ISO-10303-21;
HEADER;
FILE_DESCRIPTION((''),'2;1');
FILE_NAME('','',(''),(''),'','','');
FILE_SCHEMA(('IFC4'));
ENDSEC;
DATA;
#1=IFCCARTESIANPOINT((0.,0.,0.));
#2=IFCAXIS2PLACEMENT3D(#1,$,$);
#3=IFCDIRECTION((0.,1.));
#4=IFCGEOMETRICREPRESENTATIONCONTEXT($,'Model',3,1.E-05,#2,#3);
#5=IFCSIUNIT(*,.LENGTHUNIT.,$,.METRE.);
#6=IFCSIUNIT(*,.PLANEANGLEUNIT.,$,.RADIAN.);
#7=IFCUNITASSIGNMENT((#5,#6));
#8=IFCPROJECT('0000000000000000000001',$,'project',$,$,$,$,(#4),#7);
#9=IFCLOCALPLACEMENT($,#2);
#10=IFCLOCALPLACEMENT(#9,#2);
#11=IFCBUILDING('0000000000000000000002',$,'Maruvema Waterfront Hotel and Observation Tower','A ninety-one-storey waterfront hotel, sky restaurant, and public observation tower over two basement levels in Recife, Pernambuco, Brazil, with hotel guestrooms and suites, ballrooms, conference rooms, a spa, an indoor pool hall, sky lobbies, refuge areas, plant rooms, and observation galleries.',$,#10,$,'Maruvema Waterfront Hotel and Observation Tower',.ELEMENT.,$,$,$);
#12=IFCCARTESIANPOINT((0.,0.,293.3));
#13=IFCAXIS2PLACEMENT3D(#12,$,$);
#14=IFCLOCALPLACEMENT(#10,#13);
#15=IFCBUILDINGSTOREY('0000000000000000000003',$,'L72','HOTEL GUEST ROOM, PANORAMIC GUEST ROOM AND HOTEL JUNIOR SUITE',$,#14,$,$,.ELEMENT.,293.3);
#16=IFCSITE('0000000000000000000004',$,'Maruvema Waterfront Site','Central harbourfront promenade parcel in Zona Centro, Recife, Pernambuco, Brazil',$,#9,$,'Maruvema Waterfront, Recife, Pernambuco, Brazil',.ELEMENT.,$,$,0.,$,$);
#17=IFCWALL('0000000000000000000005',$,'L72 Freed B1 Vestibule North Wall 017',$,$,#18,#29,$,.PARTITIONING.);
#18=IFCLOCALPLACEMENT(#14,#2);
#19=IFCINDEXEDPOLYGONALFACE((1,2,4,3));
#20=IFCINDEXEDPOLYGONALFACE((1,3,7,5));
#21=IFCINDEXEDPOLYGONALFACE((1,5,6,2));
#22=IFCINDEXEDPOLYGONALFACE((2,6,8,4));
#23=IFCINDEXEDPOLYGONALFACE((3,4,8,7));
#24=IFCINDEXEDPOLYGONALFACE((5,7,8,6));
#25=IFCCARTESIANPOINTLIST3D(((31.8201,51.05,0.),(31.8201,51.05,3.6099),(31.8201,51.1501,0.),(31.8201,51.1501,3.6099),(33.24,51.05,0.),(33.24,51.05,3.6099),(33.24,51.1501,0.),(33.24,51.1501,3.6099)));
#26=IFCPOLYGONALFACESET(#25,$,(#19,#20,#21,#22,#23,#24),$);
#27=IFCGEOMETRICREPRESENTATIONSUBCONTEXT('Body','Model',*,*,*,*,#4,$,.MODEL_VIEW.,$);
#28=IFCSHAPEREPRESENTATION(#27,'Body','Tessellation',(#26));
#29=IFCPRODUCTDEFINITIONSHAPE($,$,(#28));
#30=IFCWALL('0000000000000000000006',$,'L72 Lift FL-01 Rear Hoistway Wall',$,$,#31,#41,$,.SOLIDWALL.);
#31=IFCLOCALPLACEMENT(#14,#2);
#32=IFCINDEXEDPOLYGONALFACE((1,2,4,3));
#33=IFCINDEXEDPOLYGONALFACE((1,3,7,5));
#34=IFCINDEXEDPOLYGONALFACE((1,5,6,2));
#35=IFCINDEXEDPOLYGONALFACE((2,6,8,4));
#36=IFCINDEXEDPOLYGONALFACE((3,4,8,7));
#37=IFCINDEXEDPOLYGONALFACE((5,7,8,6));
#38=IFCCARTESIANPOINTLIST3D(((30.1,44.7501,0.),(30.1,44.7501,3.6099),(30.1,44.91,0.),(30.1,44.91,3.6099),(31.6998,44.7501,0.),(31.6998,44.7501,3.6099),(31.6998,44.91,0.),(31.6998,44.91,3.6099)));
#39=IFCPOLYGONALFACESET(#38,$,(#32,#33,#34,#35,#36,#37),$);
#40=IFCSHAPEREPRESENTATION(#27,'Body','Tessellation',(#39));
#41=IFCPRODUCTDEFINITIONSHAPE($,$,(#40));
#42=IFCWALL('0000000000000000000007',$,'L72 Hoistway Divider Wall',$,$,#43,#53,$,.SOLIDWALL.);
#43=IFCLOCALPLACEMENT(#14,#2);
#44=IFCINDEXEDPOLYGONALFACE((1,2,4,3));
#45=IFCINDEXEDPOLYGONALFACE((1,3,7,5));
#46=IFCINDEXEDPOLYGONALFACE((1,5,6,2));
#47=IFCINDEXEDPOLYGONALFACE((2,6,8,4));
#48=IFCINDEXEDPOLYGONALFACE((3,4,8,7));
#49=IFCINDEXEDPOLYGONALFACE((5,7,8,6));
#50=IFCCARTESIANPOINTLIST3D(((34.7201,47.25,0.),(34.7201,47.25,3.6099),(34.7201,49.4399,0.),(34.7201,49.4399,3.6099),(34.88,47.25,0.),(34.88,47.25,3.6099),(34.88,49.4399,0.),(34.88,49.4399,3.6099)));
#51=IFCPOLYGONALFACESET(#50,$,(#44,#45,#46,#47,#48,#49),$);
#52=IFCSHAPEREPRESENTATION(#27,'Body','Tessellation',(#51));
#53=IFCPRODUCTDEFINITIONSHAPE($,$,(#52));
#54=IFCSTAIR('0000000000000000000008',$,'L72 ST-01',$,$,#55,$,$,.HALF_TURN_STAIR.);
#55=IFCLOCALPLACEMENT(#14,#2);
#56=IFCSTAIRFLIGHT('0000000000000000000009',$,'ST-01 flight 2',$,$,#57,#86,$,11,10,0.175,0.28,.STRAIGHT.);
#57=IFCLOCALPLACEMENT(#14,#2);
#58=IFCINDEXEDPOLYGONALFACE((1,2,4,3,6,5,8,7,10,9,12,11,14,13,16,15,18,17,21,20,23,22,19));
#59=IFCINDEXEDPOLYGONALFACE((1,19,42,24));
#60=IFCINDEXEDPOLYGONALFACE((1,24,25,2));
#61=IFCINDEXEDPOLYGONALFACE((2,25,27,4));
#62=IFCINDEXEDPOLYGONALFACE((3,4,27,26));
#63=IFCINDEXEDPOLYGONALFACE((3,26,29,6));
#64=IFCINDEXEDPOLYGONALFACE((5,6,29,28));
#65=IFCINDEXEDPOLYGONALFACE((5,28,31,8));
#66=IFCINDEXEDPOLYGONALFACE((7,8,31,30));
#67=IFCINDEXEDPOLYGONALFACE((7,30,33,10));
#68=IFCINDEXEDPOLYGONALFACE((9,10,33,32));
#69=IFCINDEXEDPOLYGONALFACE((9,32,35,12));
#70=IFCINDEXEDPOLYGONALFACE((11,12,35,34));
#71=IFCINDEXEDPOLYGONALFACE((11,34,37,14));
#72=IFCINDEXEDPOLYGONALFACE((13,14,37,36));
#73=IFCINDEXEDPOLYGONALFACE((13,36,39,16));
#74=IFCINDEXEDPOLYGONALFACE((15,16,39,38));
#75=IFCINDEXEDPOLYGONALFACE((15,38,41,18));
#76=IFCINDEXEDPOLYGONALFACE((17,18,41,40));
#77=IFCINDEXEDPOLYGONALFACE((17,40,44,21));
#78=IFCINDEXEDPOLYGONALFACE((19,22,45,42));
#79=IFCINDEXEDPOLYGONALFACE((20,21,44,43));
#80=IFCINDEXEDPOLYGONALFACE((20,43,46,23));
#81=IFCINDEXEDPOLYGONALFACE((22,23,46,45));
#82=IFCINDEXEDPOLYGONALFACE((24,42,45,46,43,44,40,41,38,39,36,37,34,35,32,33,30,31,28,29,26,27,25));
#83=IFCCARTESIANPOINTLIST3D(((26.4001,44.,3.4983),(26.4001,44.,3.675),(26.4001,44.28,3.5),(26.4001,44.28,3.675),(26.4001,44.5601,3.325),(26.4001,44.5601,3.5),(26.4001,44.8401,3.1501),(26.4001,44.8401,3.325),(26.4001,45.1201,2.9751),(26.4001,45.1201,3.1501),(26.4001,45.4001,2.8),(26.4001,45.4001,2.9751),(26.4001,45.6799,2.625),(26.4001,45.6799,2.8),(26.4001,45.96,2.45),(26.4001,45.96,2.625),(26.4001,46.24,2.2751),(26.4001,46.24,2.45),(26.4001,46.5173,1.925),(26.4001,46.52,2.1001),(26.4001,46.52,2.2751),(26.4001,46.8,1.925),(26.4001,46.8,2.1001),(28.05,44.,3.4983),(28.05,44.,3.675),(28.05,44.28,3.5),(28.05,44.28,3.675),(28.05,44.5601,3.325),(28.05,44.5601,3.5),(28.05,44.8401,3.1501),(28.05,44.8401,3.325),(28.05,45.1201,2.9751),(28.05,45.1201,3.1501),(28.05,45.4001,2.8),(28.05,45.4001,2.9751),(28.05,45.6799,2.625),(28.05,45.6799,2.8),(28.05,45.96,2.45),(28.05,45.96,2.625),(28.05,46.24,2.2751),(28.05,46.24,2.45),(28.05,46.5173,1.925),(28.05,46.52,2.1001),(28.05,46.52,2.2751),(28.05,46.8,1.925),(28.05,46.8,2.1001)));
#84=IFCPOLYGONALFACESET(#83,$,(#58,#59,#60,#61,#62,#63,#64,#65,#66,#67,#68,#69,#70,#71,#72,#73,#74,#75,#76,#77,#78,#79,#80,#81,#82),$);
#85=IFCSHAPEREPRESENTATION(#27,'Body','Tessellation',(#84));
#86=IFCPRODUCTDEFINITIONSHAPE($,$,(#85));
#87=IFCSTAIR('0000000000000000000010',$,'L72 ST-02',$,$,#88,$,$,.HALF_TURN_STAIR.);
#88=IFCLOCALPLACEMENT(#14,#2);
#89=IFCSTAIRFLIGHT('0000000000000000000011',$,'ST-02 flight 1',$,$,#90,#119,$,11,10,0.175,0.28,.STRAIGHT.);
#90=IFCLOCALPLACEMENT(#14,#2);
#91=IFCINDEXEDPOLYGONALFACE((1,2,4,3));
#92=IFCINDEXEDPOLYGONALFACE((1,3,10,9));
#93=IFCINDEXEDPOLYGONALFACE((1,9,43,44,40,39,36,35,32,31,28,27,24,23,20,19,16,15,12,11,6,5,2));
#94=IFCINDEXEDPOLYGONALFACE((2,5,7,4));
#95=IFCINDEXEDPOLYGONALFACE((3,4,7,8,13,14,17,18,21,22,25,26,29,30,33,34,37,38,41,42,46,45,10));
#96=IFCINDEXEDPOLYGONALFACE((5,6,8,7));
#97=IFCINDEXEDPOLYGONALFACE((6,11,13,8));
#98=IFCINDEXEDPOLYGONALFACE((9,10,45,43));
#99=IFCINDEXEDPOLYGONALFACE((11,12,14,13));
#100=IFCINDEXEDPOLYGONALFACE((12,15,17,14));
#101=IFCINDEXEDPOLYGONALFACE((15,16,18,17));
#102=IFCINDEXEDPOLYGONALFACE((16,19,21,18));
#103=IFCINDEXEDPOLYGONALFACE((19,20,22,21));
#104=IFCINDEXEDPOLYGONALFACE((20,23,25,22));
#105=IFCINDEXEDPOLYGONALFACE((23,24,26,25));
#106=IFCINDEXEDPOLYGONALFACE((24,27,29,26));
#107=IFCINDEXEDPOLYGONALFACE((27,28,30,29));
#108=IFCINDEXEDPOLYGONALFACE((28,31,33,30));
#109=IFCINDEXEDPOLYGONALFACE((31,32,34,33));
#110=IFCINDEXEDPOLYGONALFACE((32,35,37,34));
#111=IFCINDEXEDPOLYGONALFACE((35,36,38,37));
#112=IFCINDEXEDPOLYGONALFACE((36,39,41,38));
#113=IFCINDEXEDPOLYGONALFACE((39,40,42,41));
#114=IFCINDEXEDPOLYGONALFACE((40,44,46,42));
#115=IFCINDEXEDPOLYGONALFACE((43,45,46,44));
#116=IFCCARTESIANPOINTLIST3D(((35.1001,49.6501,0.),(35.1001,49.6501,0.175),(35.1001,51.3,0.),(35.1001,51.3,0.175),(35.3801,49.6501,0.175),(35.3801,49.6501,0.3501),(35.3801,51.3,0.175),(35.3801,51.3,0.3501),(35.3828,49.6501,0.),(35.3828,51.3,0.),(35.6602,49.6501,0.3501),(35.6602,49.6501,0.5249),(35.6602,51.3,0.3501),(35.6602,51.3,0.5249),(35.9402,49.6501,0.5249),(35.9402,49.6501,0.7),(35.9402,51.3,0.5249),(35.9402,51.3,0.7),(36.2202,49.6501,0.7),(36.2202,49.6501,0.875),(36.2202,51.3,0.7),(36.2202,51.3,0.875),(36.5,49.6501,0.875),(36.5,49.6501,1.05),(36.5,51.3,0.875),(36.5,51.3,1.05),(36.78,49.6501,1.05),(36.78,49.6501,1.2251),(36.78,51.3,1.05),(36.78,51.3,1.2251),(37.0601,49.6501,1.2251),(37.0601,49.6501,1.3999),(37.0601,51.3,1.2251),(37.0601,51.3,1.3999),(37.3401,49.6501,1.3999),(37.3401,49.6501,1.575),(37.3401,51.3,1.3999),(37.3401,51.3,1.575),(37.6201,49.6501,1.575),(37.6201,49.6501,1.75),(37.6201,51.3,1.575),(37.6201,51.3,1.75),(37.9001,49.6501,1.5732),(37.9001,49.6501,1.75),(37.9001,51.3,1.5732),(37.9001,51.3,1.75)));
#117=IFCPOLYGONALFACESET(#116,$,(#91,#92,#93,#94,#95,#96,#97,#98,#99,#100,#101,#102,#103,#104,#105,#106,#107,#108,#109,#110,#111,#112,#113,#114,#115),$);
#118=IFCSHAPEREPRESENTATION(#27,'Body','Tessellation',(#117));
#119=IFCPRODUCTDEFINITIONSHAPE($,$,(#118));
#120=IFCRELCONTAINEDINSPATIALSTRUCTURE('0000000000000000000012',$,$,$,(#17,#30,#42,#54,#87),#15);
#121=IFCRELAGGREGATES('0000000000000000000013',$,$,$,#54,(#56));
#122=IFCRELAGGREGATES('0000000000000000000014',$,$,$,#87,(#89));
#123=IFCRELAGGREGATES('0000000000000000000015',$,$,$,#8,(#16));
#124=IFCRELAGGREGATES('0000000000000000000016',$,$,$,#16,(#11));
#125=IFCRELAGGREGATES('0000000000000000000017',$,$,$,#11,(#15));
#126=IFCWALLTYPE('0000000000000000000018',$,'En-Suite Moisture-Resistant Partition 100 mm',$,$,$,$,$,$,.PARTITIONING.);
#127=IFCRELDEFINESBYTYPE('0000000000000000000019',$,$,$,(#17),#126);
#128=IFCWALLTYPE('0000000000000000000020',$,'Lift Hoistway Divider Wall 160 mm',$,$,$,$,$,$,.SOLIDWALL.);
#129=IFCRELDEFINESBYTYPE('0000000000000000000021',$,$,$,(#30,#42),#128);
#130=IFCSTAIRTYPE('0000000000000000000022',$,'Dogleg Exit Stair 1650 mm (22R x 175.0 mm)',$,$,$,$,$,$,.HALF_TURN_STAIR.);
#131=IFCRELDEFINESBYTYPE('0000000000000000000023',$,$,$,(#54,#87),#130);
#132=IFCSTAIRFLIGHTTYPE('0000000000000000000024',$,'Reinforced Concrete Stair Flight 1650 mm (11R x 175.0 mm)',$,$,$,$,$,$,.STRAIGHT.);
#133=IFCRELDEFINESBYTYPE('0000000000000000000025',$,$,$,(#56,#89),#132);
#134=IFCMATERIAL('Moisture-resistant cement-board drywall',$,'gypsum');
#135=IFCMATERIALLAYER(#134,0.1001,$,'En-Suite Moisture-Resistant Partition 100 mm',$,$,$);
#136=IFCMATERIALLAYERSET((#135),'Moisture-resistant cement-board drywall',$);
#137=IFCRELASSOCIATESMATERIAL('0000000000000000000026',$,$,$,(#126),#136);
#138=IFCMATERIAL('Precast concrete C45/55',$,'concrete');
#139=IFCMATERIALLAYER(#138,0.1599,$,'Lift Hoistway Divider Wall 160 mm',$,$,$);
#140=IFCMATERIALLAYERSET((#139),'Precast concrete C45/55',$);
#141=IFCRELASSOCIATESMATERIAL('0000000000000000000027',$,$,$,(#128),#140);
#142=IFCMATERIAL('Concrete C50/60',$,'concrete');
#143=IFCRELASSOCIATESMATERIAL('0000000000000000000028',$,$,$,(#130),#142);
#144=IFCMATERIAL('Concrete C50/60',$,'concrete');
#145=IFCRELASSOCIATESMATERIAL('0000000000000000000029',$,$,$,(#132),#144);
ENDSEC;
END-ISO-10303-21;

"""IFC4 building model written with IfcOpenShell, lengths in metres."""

from ifc_helpers import new_model, si_unit, direction, frame, frame_2d, origin, place, context, subcontext, project, spatial, polyline, rectangle, outline, extrude, material, layer, layer_set, type_object, element, aggregate, save


model = new_model("IFC4")

# Units and contexts
model_context = context("Model", 3, precision=1e-05, world=origin(), true_north=direction((0.0, 1.0)))
body_context = subcontext(model_context, "Body", "Model", "MODEL_VIEW")
ifc_project = project(units=[si_unit("LENGTHUNIT", "METRE"), si_unit("PLANEANGLEUNIT", "RADIAN")], contexts=[model_context])

# Site, building, storey
site_placement = place(None, origin())
site = spatial("IfcSite", under=ifc_project, at=site_placement, Name="Maruvema Waterfront Site", Description="Central harbourfront promenade parcel in Zona Centro, Recife, Pernambuco, Brazil", LongName="Maruvema Waterfront, Recife, Pernambuco, Brazil", CompositionType="ELEMENT", RefElevation=0.0)
building_placement = place(site_placement, origin())
building = spatial("IfcBuilding", under=site, at=building_placement, Name="Maruvema Waterfront Hotel and Observation Tower", Description="A ninety-one-storey waterfront hotel, sky restaurant, and public observation tower over two basement levels in Recife, Pernambuco, Brazil, with hotel guestrooms and suites, ballrooms, conference rooms, a spa, an indoor pool hall, sky lobbies, refuge areas, plant rooms, and observation galleries.", LongName="Maruvema Waterfront Hotel and Observation Tower", CompositionType="ELEMENT")
storey_placement = place(building_placement, frame((0.0, 0.0, 293.3)))
storey = spatial("IfcBuildingStorey", under=building, at=storey_placement, Name="L72", Description="HOTEL GUEST ROOM, PANORAMIC GUEST ROOM AND HOTEL JUNIOR SUITE", CompositionType="ELEMENT", Elevation=293.3)

# Shared definitions
ifc_material_1 = material(Name="Moisture-resistant cement-board drywall", Category="gypsum")
ifc_layer_1 = layer(ifc_material_1, 0.1001, Name="En-Suite Moisture-Resistant Partition 100 mm")
ifc_layer_set_1 = layer_set([ifc_layer_1], Name="Moisture-resistant cement-board drywall")
wall_type_1 = type_object("IfcWallType", Name="En-Suite Moisture-Resistant Partition 100 mm", PredefinedType="PARTITIONING", material=ifc_layer_set_1)

# Walls
wall_1_placement = place(storey_placement, frame((31.8201, 51.1001, 0.0), z_axis=(0.0, 0.0, 1.0), x_axis=(1.0, 0.0, 0.0)))
element("IfcWall", 1, at=wall_1_placement, inside=storey, type_object=wall_type_1, Name="L72 Freed B1 Vestibule North Wall 017", PredefinedType="PARTITIONING", context=body_context, shape_type="SweptSolid", body=[
    extrude(rectangle(XDim=1.4199, YDim=0.1001, at=frame_2d((0.71, 0.0))), origin(), (0.0, 0.0, 1.0), 3.6099),
])
ifc_material_2 = material(Name="Precast concrete C45/55", Category="concrete")
ifc_layer_2 = layer(ifc_material_2, 0.1599, Name="Lift Hoistway Divider Wall 160 mm")
ifc_layer_set_2 = layer_set([ifc_layer_2], Name="Precast concrete C45/55")
wall_type_2 = type_object("IfcWallType", Name="Lift Hoistway Divider Wall 160 mm", PredefinedType="SOLIDWALL", material=ifc_layer_set_2)
wall_2_placement = place(storey_placement, frame((30.1001, 44.8301, 0.0), z_axis=(0.0, 0.0, 1.0), x_axis=(1.0, 0.0, 0.0)))
element("IfcWall", 2, at=wall_2_placement, inside=storey, type_object=wall_type_2, Name="L72 Lift FL-01 Rear Hoistway Wall", PredefinedType="SOLIDWALL", context=body_context, shape_type="SweptSolid", body=[
    extrude(rectangle(XDim=1.5999, YDim=0.1599, at=frame_2d((0.7998, 0.0))), origin(), (0.0, 0.0, 1.0), 3.6099),
])
wall_3_placement = place(storey_placement, frame((34.8, 47.25, 0.0), z_axis=(0.0, 0.0, 1.0), x_axis=(0.0, 1.0, 0.0)))
element("IfcWall", 3, at=wall_3_placement, inside=storey, type_object=wall_type_2, Name="L72 Hoistway Divider Wall", PredefinedType="SOLIDWALL", context=body_context, shape_type="SweptSolid", body=[
    extrude(rectangle(XDim=2.1899, YDim=0.1599, at=frame_2d((1.095, 0.0))), origin(), (0.0, 0.0, 1.0), 3.6099),
])

# Stairs, stair flights
ifc_material_3 = material(Name="Concrete C50/60", Category="concrete")
stair_type = type_object("IfcStairType", Name="Dogleg Exit Stair 1650 mm (22R x 175.0 mm)", PredefinedType="HALF_TURN_STAIR", material=ifc_material_3)
stair_1_placement = place(storey_placement, origin())
stair_1 = element("IfcStair", 4, at=stair_1_placement, inside=storey, type_object=stair_type, Name="L72 ST-01", PredefinedType="HALF_TURN_STAIR")
ifc_material_4 = material(Name="Concrete C50/60", Category="concrete")
stair_flight_type = type_object("IfcStairFlightType", Name="Reinforced Concrete Stair Flight 1650 mm (11R x 175.0 mm)", PredefinedType="STRAIGHT", material=ifc_material_4)
stair_flight_1_placement = place(storey_placement, frame((27.2251, 46.8, 1.925), z_axis=(0.0, 0.0, 1.0), x_axis=(0.0, -1.0, 0.0)))
stair_flight_1 = element("IfcStairFlight", 5, at=stair_flight_1_placement, type_object=stair_flight_type, Name="ST-01 flight 2", NumberOfRisers=11, NumberOfTreads=10, PredefinedType="STRAIGHT", RiserHeight=0.175, TreadLength=0.28, context=body_context, shape_type="SweptSolid", body=[
    extrude(outline(polyline([(0.0, 0.0), (0.0, 0.175), (0.28, 0.175), (0.28, 0.3501), (0.5601, 0.3501), (0.5601, 0.5249), (0.8401, 0.5249), (0.8401, 0.7), (1.1201, 0.7), (1.1201, 0.875), (1.3999, 0.875), (1.3999, 1.05), (1.6799, 1.05), (1.6799, 1.2251), (1.96, 1.2251), (1.96, 1.3999), (2.24, 1.3999), (2.24, 1.575), (2.52, 1.575), (2.52, 1.75), (2.8, 1.75), (2.8, 1.925), (2.8, 1.5732), (0.2827, 0.0), (0.0, 0.0)])), frame((0.0, 0.825, 0.0), z_axis=(0.0, -1.0, 0.0), x_axis=(1.0, 0.0, 0.0)), (0.0, 0.0, 1.0), 1.6499),
])
aggregate(stair_1, [stair_flight_1])
stair_2_placement = place(storey_placement, origin())
stair_2 = element("IfcStair", 6, at=stair_2_placement, inside=storey, type_object=stair_type, Name="L72 ST-02", PredefinedType="HALF_TURN_STAIR")
stair_flight_2_placement = place(storey_placement, frame((35.1001, 50.4751, 0.0), z_axis=(0.0, 0.0, 1.0), x_axis=(1.0, 0.0, 0.0)))
stair_flight_2 = element("IfcStairFlight", 7, at=stair_flight_2_placement, type_object=stair_flight_type, Name="ST-02 flight 1", NumberOfRisers=11, NumberOfTreads=10, PredefinedType="STRAIGHT", RiserHeight=0.175, TreadLength=0.28, context=body_context, shape_type="SweptSolid", body=[
    extrude(outline(polyline([(0.0, 0.0), (0.0, 0.175), (0.28, 0.175), (0.28, 0.3501), (0.5601, 0.3501), (0.5601, 0.5249), (0.8401, 0.5249), (0.8401, 0.7), (1.1201, 0.7), (1.1201, 0.875), (1.3999, 0.875), (1.3999, 1.05), (1.6799, 1.05), (1.6799, 1.2251), (1.96, 1.2251), (1.96, 1.3999), (2.24, 1.3999), (2.24, 1.575), (2.52, 1.575), (2.52, 1.75), (2.8, 1.75), (2.8, 1.925), (2.8, 1.5732), (0.2827, 0.0), (0.0, 0.0)])), frame((0.0, 0.825, 0.0), z_axis=(0.0, -1.0, 0.0), x_axis=(1.0, 0.0, 0.0)), (0.0, 0.0, 1.0), 1.6499),
])
aggregate(stair_2, [stair_flight_2])

save(model, "model.ifc")
